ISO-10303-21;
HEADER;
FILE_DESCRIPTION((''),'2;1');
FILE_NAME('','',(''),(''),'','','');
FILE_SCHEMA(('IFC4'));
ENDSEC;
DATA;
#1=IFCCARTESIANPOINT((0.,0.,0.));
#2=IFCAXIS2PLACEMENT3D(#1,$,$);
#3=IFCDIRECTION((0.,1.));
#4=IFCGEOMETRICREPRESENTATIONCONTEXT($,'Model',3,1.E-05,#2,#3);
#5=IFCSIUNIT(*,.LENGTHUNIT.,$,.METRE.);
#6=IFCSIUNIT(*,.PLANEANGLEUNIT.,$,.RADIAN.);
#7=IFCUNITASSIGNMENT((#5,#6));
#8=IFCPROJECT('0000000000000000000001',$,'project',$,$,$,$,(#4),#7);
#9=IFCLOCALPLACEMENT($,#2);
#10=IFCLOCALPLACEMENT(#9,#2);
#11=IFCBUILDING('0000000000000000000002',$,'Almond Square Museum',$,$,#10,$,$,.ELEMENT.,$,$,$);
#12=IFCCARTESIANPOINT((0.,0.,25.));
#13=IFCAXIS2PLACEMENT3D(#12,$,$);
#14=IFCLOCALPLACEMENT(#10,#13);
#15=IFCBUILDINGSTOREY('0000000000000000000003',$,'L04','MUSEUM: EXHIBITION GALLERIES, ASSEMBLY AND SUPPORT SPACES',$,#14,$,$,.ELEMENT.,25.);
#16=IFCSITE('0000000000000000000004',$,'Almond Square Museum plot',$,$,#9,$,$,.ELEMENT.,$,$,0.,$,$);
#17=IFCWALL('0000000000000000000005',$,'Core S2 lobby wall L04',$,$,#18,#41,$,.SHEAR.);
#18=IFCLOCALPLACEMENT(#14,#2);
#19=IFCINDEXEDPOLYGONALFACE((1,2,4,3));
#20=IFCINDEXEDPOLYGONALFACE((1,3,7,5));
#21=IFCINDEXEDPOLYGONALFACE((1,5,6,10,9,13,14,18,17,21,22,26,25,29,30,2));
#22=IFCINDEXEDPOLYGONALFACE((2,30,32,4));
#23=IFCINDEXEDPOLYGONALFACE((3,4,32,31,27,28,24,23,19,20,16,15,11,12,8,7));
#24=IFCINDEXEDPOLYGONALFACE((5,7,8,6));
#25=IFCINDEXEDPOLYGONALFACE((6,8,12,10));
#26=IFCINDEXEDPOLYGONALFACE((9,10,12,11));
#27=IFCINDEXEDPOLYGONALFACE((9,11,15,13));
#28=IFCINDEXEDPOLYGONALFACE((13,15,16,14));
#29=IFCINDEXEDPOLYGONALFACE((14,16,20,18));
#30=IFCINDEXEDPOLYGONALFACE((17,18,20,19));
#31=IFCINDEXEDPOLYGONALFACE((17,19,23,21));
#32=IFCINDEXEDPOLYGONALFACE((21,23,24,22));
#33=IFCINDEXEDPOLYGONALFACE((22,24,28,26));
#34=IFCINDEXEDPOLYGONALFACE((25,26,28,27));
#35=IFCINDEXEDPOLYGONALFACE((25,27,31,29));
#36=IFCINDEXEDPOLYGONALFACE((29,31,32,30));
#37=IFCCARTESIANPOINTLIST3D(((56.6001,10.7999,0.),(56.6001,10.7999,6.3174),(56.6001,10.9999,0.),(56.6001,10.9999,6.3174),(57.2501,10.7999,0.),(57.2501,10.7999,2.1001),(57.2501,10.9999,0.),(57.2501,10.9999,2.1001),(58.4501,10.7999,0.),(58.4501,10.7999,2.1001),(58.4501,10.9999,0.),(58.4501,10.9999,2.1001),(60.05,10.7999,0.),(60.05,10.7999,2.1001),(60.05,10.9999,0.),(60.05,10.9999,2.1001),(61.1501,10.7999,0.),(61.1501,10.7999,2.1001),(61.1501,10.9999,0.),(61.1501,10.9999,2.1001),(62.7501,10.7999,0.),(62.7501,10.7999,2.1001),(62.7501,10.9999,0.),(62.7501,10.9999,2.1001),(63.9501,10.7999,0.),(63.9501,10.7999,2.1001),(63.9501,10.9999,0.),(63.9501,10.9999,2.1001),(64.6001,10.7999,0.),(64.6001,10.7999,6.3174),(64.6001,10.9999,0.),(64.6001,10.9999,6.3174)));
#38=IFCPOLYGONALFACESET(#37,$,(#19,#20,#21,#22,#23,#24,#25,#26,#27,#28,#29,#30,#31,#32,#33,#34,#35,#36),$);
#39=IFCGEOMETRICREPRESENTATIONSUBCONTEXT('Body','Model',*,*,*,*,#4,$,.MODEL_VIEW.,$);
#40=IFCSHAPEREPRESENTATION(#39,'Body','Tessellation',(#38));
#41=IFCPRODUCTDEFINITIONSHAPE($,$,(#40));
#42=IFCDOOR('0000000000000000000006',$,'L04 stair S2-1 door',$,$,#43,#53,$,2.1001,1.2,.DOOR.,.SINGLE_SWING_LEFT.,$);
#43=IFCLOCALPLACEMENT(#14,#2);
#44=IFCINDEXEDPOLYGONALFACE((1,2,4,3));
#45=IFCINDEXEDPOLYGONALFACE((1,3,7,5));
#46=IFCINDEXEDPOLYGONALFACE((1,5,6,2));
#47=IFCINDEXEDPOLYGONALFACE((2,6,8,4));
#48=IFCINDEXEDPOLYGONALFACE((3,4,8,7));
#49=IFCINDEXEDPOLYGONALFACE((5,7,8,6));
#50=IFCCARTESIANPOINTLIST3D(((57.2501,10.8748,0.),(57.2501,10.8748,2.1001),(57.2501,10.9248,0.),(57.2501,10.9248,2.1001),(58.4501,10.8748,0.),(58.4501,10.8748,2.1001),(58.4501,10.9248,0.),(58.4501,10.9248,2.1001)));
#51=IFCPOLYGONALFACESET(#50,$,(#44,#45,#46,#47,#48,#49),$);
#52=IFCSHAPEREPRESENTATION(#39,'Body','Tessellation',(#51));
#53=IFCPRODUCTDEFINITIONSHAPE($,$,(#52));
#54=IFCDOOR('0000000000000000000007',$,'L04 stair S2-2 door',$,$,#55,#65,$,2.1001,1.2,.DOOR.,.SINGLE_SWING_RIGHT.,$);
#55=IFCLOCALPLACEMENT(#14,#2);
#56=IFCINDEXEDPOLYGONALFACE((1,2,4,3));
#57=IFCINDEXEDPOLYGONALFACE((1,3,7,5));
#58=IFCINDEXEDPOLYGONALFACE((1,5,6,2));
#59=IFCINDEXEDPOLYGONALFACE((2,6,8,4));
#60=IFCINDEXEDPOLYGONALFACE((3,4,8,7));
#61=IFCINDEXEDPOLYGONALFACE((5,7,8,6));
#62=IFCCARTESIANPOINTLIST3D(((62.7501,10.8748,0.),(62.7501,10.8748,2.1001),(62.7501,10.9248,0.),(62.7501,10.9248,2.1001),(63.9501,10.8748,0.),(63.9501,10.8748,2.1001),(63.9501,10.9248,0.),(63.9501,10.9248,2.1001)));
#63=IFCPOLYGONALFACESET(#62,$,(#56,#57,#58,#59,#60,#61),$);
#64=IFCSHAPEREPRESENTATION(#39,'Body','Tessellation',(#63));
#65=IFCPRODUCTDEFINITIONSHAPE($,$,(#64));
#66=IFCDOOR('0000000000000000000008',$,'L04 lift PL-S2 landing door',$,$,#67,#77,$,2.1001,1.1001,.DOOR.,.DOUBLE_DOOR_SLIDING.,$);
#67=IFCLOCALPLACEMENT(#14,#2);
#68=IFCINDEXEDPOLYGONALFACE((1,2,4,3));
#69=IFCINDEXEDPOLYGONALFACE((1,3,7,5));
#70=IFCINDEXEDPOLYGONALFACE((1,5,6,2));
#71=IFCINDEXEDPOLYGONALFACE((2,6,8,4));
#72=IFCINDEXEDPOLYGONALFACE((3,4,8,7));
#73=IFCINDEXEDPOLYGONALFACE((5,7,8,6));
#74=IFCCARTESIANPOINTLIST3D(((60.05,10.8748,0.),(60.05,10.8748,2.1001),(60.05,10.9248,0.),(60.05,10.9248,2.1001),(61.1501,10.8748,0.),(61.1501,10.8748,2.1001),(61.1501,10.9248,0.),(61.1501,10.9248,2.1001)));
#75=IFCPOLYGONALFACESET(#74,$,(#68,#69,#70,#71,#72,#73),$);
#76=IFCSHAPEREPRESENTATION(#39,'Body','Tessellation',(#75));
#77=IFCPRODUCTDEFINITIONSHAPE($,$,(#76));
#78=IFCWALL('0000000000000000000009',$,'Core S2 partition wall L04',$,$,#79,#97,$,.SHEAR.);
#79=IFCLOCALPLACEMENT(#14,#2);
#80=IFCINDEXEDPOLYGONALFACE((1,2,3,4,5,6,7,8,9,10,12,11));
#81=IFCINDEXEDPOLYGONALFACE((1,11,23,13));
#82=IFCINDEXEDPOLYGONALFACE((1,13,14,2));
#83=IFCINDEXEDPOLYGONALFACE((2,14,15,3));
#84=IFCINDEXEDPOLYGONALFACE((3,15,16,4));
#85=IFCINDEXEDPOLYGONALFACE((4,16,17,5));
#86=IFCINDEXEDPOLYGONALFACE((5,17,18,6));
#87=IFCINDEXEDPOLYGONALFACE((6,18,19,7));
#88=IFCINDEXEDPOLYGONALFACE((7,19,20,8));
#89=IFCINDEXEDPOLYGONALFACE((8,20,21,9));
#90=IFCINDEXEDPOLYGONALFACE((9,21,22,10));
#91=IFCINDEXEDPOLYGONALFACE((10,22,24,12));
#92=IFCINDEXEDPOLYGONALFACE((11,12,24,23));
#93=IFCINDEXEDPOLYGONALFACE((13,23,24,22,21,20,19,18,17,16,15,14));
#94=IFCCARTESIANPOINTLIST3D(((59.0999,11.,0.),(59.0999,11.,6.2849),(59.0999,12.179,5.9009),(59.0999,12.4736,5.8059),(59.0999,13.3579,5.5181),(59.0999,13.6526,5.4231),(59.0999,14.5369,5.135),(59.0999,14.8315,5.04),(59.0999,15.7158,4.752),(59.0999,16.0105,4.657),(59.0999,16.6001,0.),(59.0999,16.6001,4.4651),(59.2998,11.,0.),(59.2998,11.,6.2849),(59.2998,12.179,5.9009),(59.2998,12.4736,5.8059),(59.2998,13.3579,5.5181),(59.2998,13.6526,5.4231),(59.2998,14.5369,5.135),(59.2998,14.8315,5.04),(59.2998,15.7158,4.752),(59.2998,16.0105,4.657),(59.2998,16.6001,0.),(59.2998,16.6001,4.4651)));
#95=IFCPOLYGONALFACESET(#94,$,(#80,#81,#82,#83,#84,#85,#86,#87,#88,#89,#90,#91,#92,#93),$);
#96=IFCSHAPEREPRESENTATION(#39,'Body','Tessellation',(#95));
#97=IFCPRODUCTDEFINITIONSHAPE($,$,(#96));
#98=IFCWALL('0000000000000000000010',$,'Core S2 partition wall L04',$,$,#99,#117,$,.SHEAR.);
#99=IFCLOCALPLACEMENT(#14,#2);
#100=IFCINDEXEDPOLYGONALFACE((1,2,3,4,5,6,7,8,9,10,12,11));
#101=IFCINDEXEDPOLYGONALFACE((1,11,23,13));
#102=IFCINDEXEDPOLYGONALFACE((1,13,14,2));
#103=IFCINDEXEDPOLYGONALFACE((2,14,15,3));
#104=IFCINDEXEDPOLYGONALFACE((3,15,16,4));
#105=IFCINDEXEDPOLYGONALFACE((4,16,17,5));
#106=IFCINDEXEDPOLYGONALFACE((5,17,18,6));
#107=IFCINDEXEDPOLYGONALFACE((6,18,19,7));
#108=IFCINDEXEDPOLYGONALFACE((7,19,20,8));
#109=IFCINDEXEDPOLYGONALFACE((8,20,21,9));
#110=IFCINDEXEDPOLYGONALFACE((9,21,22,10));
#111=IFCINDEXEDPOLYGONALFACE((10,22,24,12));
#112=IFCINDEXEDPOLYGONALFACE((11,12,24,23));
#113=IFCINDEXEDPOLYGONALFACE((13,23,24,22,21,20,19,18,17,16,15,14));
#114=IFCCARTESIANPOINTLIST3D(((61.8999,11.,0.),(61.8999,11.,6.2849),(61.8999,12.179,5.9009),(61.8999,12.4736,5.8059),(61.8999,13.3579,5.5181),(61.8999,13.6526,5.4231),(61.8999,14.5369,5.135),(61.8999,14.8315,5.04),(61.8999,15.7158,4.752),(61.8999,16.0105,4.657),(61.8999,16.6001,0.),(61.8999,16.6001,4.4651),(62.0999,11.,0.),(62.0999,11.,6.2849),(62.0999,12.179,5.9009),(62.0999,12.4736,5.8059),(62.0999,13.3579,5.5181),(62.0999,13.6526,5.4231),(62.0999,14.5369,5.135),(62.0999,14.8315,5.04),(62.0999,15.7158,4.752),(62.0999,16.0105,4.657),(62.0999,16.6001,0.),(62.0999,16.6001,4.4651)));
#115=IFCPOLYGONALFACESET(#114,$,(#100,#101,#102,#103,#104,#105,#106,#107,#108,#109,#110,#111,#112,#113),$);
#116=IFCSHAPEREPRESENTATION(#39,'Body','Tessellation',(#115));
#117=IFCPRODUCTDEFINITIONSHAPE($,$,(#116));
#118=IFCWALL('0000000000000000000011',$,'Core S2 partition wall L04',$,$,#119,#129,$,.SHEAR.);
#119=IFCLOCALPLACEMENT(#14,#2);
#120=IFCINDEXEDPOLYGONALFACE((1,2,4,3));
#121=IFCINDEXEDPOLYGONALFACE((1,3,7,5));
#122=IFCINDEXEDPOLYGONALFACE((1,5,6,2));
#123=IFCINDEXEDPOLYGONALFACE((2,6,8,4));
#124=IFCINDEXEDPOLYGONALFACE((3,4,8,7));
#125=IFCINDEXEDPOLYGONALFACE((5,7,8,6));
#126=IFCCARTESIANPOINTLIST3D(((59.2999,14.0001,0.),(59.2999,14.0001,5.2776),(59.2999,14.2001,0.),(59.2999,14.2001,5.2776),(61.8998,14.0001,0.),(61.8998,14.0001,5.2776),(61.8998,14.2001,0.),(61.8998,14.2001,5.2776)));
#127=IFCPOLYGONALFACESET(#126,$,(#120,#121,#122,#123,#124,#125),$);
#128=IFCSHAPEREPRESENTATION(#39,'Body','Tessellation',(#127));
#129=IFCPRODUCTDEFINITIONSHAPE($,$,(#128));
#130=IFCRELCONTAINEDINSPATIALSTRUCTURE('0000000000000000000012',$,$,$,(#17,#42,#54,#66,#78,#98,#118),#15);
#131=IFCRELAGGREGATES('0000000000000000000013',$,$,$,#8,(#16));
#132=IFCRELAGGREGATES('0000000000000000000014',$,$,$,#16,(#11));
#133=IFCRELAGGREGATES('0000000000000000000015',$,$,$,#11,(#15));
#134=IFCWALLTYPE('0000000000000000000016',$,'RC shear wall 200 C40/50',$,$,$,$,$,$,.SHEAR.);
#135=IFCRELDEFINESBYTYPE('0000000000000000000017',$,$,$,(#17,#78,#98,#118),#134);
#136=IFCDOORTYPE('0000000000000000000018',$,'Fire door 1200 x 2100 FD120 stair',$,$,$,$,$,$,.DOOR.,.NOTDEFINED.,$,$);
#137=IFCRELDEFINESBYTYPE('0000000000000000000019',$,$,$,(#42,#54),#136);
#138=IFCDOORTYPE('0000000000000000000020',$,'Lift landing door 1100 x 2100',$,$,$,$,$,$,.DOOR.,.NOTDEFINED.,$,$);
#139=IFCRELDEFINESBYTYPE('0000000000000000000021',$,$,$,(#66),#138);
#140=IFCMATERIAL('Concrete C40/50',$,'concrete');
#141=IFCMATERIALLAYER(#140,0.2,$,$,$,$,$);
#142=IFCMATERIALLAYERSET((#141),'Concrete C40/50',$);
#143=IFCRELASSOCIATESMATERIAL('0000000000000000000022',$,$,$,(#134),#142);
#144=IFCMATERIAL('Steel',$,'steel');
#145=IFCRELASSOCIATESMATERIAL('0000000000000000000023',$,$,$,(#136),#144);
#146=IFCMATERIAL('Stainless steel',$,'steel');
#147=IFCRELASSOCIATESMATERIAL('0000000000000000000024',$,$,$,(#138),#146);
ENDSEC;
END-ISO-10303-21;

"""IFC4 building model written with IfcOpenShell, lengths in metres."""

from ifc_helpers import new_model, si_unit, direction, frame, frame_2d, origin, place, context, subcontext, project, spatial, polyline, rectangle, outline, extrude, material, layer, layer_set, type_object, element, fill, save


model = new_model("IFC4")

# Units and contexts
model_context = context("Model", 3, precision=1e-05, world=origin(), true_north=direction((0.0, 1.0)))
body_context = subcontext(model_context, "Body", "Model", "MODEL_VIEW")
ifc_project = project(units=[si_unit("LENGTHUNIT", "METRE"), si_unit("PLANEANGLEUNIT", "RADIAN")], contexts=[model_context])

# Site, building, storey
site_placement = place(None, origin())
site = spatial("IfcSite", under=ifc_project, at=site_placement, Name="Almond Square Museum plot", CompositionType="ELEMENT", RefElevation=0.0)
building_placement = place(site_placement, origin())
building = spatial("IfcBuilding", under=site, at=building_placement, Name="Almond Square Museum", CompositionType="ELEMENT")
storey_placement = place(building_placement, frame((0.0, 0.0, 25.0)))
storey = spatial("IfcBuildingStorey", under=building, at=storey_placement, Name="L04", Description="MUSEUM: EXHIBITION GALLERIES, ASSEMBLY AND SUPPORT SPACES", CompositionType="ELEMENT", Elevation=25.0)

# Shared definitions
ifc_material_1 = material(Name="Concrete C40/50", Category="concrete")
ifc_layer_1 = layer(ifc_material_1, 0.2)
ifc_layer_set_1 = layer_set([ifc_layer_1], Name="Concrete C40/50")
wall_type_1 = type_object("IfcWallType", Name="RC shear wall 200 C40/50", PredefinedType="SHEAR", material=ifc_layer_set_1)

# Wall, openings, doors
wall_1_placement = place(storey_placement, frame((56.6001, 10.8999, 0.0), z_axis=(0.0, 0.0, 1.0), x_axis=(1.0, 0.0, 0.0)))
wall_1 = element("IfcWall", 1, at=wall_1_placement, inside=storey, type_object=wall_type_1, Name="Core S2 lobby wall L04", PredefinedType="SHEAR", context=body_context, shape_type="SweptSolid", body=[
    extrude(rectangle(XDim=8.0, YDim=0.2, at=frame_2d((4.0, 0.0))), origin(), (0.0, 0.0, 1.0), 6.3174),
])
opening_1_placement = place(wall_1_placement, frame((0.6499, 0.0, 0.0)))
opening_1 = element("IfcOpeningElement", 2, at=opening_1_placement, cuts=wall_1, PredefinedType="OPENING", context=body_context, shape_type="SweptSolid", body=[
    extrude(rectangle(XDim=1.2, YDim=2.1001, at=frame_2d((0.6001, 1.05))), frame((0.0, 0.1099, 0.0), z_axis=(0.0, -1.0, 0.0), x_axis=(1.0, 0.0, 0.0)), (0.0, 0.0, 1.0), 0.22),
])
opening_2_placement = place(wall_1_placement, frame((6.1499, 0.0, 0.0)))
opening_2 = element("IfcOpeningElement", 3, at=opening_2_placement, cuts=wall_1, PredefinedType="OPENING", context=body_context, shape_type="SweptSolid", body=[
    extrude(rectangle(XDim=1.2, YDim=2.1001, at=frame_2d((0.6001, 1.05))), frame((0.0, 0.1099, 0.0), z_axis=(0.0, -1.0, 0.0), x_axis=(1.0, 0.0, 0.0)), (0.0, 0.0, 1.0), 0.22),
])
opening_3_placement = place(wall_1_placement, frame((3.45, 0.0, 0.0)))
opening_3 = element("IfcOpeningElement", 4, at=opening_3_placement, cuts=wall_1, PredefinedType="OPENING", context=body_context, shape_type="SweptSolid", body=[
    extrude(rectangle(XDim=1.1001, YDim=2.1001, at=frame_2d((0.55, 1.05))), frame((0.0, 0.1099, 0.0), z_axis=(0.0, -1.0, 0.0), x_axis=(1.0, 0.0, 0.0)), (0.0, 0.0, 1.0), 0.22),
])
ifc_material_2 = material(Name="Steel", Category="steel")
door_type_1 = type_object("IfcDoorType", Name="Fire door 1200 x 2100 FD120 stair", OperationType="NOTDEFINED", PredefinedType="DOOR", material=ifc_material_2)
door_1_placement = place(opening_1_placement, origin())
door_1 = element("IfcDoor", 5, at=door_1_placement, inside=storey, type_object=door_type_1, Name="L04 stair S2-1 door", OperationType="SINGLE_SWING_LEFT", OverallHeight=2.1001, OverallWidth=1.2, PredefinedType="DOOR", context=body_context, shape_type="SweptSolid", body=[
    extrude(rectangle(XDim=1.2, YDim=2.1001, at=frame_2d((0.6001, 1.05))), frame((0.0, 0.0249, 0.0), z_axis=(0.0, -1.0, 0.0), x_axis=(1.0, 0.0, 0.0)), (0.0, 0.0, 1.0), 0.05),
])
fill(opening_1, door_1)
door_2_placement = place(opening_2_placement, origin())
door_2 = element("IfcDoor", 6, at=door_2_placement, inside=storey, type_object=door_type_1, Name="L04 stair S2-2 door", OperationType="SINGLE_SWING_RIGHT", OverallHeight=2.1001, OverallWidth=1.2, PredefinedType="DOOR", context=body_context, shape_type="SweptSolid", body=[
    extrude(rectangle(XDim=1.2, YDim=2.1001, at=frame_2d((0.6001, 1.05))), frame((0.0, 0.0249, 0.0), z_axis=(0.0, -1.0, 0.0), x_axis=(1.0, 0.0, 0.0)), (0.0, 0.0, 1.0), 0.05),
])
fill(opening_2, door_2)
ifc_material_3 = material(Name="Stainless steel", Category="steel")
door_type_2 = type_object("IfcDoorType", Name="Lift landing door 1100 x 2100", OperationType="NOTDEFINED", PredefinedType="DOOR", material=ifc_material_3)
door_3_placement = place(opening_3_placement, origin())
door_3 = element("IfcDoor", 7, at=door_3_placement, inside=storey, type_object=door_type_2, Name="L04 lift PL-S2 landing door", OperationType="DOUBLE_DOOR_SLIDING", OverallHeight=2.1001, OverallWidth=1.1001, PredefinedType="DOOR", context=body_context, shape_type="SweptSolid", body=[
    extrude(rectangle(XDim=1.1001, YDim=2.1001, at=frame_2d((0.55, 1.05))), frame((0.0, 0.0249, 0.0), z_axis=(0.0, -1.0, 0.0), x_axis=(1.0, 0.0, 0.0)), (0.0, 0.0, 1.0), 0.05),
])
fill(opening_3, door_3)

# Walls
for number, where, z_axis, x_axis, name in (
    (8, (59.2, 11.0, 0.0), (0.0, 0.0, 1.0), (0.0, 1.0, 0.0), "Core S2 partition wall L04"),
    (9, (62.0, 11.0, 0.0), (0.0, 0.0, 1.0), (0.0, 1.0, 0.0), "Core S2 partition wall L04"),
):
    element("IfcWall", number, at=place(storey_placement, frame(where, z_axis=z_axis, x_axis=x_axis)), inside=storey, type_object=wall_type_1, Name=name, PredefinedType="SHEAR", context=body_context, shape_type="SweptSolid", body=[
        extrude(outline(polyline([(0.0, 0.0), (5.6001, 0.0), (5.6001, 4.4651), (5.0105, 4.657), (4.7158, 4.752), (3.8315, 5.04), (3.5369, 5.135), (2.6526, 5.4231), (2.3579, 5.5181), (1.4736, 5.8059), (1.179, 5.9009), (0.0, 6.2849), (0.0, 0.0)])), frame((0.0, 0.1001, 0.0), z_axis=(0.0, -1.0, 0.0), x_axis=(1.0, 0.0, 0.0)), (0.0, 0.0, 1.0), 0.2),
    ])
wall_2_placement = place(storey_placement, frame((59.3, 14.1001, 0.0), z_axis=(0.0, 0.0, 1.0), x_axis=(1.0, 0.0, 0.0)))
element("IfcWall", 10, at=wall_2_placement, inside=storey, type_object=wall_type_1, Name="Core S2 partition wall L04", PredefinedType="SHEAR", context=body_context, shape_type="SweptSolid", body=[
    extrude(rectangle(XDim=2.5999, YDim=0.2, at=frame_2d((1.2998, 0.0))), origin(), (0.0, 0.0, 1.0), 5.2776),
])

save(model, "model.ifc")
